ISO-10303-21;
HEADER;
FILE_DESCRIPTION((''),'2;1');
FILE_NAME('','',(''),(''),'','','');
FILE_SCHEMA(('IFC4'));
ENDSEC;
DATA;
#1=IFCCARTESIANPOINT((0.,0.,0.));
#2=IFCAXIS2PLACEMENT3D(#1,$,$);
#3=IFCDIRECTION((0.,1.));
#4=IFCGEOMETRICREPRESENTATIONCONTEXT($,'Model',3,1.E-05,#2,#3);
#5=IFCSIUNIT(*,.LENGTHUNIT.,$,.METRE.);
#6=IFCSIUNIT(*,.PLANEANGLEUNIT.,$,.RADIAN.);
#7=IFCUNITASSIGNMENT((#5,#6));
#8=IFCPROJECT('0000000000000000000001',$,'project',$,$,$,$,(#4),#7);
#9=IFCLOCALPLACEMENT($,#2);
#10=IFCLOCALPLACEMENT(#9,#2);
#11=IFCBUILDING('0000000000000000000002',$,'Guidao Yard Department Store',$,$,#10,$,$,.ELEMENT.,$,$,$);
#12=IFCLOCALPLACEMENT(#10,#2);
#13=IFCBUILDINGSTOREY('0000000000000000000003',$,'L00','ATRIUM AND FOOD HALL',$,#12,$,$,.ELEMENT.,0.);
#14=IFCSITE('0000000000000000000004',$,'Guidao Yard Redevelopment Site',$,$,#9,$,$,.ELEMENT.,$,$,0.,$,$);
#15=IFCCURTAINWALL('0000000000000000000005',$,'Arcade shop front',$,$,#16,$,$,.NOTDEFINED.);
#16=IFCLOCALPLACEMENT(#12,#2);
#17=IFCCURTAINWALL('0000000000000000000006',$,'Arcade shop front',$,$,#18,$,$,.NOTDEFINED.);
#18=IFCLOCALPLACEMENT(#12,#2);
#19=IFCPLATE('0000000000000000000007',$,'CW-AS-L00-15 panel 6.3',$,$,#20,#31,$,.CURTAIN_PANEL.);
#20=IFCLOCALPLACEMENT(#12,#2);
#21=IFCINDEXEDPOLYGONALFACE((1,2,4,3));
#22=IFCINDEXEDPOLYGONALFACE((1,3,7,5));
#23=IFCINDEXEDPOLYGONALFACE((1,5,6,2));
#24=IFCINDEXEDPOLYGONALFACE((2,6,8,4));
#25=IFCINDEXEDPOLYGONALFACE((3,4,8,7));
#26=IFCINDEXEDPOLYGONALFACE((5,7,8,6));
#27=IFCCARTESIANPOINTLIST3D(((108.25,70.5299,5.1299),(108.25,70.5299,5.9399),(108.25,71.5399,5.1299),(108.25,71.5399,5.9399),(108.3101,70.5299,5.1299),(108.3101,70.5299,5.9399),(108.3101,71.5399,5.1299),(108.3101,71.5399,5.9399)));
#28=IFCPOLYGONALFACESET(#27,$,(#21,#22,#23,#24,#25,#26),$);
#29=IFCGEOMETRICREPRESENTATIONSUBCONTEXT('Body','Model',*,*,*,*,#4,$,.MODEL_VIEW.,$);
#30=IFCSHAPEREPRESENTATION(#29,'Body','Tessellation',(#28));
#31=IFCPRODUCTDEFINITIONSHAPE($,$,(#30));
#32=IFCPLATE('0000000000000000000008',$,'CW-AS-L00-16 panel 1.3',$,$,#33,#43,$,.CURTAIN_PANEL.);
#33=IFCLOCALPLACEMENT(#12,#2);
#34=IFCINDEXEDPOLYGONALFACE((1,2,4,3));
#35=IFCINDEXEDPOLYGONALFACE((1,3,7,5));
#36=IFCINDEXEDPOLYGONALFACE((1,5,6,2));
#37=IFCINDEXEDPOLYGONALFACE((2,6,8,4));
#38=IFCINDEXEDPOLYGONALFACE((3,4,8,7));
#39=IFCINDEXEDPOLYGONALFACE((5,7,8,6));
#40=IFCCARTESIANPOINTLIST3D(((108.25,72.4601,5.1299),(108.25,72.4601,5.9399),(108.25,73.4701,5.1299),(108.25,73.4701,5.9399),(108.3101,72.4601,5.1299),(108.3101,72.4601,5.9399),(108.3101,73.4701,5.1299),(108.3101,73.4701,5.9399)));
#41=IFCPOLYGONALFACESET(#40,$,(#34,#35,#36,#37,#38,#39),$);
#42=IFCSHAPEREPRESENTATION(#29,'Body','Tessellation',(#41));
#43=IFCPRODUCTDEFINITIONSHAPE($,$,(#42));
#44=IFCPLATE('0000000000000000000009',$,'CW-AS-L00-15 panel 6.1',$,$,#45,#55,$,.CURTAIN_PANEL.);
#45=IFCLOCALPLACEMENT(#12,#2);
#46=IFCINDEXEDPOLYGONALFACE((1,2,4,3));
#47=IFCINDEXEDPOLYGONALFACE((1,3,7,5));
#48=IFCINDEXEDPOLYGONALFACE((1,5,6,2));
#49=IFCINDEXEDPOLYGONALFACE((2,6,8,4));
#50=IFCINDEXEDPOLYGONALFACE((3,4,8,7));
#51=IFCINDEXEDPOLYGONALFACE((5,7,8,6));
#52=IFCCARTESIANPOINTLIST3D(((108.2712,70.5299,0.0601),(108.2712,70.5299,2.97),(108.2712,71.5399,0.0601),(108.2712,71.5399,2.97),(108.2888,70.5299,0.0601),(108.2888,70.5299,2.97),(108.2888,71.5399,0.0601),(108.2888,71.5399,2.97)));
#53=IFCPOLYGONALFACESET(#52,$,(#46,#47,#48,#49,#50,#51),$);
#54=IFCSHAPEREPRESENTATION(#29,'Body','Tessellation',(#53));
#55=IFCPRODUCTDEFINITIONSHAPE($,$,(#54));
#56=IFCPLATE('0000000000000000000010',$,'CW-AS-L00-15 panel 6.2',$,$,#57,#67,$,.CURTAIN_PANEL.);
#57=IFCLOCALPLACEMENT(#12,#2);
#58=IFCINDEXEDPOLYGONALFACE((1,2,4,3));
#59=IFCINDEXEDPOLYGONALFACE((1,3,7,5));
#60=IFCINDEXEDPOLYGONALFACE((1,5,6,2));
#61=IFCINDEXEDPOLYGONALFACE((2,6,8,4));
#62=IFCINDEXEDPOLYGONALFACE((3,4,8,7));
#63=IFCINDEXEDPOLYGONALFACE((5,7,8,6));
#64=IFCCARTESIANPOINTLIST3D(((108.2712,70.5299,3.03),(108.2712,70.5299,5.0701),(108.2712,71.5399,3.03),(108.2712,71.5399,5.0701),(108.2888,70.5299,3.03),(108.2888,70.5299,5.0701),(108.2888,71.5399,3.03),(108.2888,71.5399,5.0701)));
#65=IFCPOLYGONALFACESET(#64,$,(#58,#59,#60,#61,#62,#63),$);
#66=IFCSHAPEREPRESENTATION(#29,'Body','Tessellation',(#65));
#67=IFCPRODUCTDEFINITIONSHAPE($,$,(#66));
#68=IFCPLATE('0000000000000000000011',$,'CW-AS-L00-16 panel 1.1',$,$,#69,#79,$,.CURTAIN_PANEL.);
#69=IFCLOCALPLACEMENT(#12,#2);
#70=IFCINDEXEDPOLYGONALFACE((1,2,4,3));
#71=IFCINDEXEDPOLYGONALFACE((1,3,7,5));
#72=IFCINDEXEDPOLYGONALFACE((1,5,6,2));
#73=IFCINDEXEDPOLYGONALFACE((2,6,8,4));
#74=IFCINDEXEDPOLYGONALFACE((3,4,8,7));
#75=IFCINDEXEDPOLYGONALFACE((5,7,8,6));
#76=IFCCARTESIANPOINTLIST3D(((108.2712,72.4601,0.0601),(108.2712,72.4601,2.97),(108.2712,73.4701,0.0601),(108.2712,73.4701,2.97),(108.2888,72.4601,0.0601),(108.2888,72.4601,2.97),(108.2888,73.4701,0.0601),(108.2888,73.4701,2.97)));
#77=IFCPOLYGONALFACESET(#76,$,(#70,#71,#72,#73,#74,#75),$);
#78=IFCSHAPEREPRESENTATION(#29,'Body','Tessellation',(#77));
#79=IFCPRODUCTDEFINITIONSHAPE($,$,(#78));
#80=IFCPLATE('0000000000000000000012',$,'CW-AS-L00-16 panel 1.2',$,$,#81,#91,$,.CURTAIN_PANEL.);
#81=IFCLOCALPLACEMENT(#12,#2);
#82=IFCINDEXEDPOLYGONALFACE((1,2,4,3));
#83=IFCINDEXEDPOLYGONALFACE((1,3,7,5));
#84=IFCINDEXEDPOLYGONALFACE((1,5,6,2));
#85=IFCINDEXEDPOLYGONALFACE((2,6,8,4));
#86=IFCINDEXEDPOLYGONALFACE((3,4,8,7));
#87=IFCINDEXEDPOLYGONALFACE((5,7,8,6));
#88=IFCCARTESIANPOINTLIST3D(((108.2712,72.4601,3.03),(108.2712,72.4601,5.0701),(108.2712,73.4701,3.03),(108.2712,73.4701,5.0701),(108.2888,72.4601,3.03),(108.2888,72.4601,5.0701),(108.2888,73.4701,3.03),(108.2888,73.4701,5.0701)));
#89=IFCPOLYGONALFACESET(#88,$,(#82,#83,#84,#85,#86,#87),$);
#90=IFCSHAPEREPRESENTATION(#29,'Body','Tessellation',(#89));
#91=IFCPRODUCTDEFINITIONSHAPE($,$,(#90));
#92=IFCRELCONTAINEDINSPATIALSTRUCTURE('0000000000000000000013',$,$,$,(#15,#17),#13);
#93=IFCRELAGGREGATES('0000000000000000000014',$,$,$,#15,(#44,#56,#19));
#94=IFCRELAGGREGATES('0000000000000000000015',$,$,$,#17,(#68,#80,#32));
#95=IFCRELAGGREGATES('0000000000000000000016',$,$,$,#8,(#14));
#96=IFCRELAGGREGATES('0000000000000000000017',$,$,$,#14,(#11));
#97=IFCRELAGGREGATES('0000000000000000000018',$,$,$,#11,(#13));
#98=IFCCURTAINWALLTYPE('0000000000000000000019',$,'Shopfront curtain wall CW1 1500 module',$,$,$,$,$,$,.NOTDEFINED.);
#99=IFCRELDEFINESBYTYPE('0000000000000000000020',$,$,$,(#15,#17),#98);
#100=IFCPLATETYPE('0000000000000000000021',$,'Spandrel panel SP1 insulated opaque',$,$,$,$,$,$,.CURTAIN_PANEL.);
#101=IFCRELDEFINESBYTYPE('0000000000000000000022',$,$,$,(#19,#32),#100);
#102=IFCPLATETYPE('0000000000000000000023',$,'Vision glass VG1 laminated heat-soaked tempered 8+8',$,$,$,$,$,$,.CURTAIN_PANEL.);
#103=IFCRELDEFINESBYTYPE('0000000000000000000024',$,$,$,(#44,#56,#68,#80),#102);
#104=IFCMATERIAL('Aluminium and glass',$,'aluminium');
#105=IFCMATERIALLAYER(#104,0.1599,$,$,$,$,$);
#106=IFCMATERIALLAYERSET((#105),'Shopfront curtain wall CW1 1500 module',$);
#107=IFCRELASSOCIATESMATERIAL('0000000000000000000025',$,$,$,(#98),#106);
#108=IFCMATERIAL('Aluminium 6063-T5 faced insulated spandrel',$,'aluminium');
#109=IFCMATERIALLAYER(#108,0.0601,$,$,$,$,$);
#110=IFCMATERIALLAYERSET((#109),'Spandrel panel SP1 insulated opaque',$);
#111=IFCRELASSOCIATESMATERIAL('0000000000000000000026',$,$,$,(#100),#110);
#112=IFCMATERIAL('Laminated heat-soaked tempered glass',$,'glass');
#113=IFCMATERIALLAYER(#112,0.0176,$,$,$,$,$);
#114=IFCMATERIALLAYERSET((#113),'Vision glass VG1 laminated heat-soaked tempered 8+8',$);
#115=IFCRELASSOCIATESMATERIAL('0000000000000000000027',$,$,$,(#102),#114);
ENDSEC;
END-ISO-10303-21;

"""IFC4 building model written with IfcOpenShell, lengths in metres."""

from ifc_helpers import new_model, si_unit, direction, frame, origin, origin_2d, place, context, subcontext, project, spatial, rectangle, extrude, material, layer, layer_set, type_object, element, aggregate, save


model = new_model("IFC4")

# Units and contexts
model_context = context("Model", 3, precision=1e-05, world=origin(), true_north=direction((0.0, 1.0)))
body_context = subcontext(model_context, "Body", "Model", "MODEL_VIEW")
ifc_project = project(units=[si_unit("LENGTHUNIT", "METRE"), si_unit("PLANEANGLEUNIT", "RADIAN")], contexts=[model_context])

# Site, building, storey
site_placement = place(None, origin())
site = spatial("IfcSite", under=ifc_project, at=site_placement, Name="Guidao Yard Redevelopment Site", CompositionType="ELEMENT", RefElevation=0.0)
building_placement = place(site_placement, origin())
building = spatial("IfcBuilding", under=site, at=building_placement, Name="Guidao Yard Department Store", CompositionType="ELEMENT")
storey_placement = place(building_placement, origin())
storey = spatial("IfcBuildingStorey", under=building, at=storey_placement, Name="L00", Description="ATRIUM AND FOOD HALL", CompositionType="ELEMENT", Elevation=0.0)

# Curtain wall
ifc_material_1 = material(Name="Aluminium and glass", Category="aluminium")
ifc_layer_1 = layer(ifc_material_1, 0.1599)
ifc_layer_set_1 = layer_set([ifc_layer_1], Name="Shopfront curtain wall CW1 1500 module")
curtain_wall_type = type_object("IfcCurtainWallType", Name="Shopfront curtain wall CW1 1500 module", PredefinedType="NOTDEFINED", material=ifc_layer_set_1)
curtain_wall_1_placement = place(storey_placement, origin())
curtain_wall_1 = element("IfcCurtainWall", 1, at=curtain_wall_1_placement, inside=storey, type_object=curtain_wall_type, Name="Arcade shop front", PredefinedType="NOTDEFINED")

# Curtain wall
curtain_wall_2_placement = place(storey_placement, origin())
curtain_wall_2 = element("IfcCurtainWall", 2, at=curtain_wall_2_placement, inside=storey, type_object=curtain_wall_type, Name="Arcade shop front", PredefinedType="NOTDEFINED")

# Plates
ifc_material_2 = material(Name="Aluminium 6063-T5 faced insulated spandrel", Category="aluminium")
ifc_layer_2 = layer(ifc_material_2, 0.0601)
ifc_layer_set_2 = layer_set([ifc_layer_2], Name="Spandrel panel SP1 insulated opaque")
plate_type_1 = type_object("IfcPlateType", Name="Spandrel panel SP1 insulated opaque", PredefinedType="CURTAIN_PANEL", material=ifc_layer_set_2)
plate_1_placement = place(storey_placement, frame((108.28, 71.0349, 5.1299), z_axis=(0.0, 0.0, 1.0), x_axis=(0.0, -1.0, 0.0)))
plate_1 = element("IfcPlate", 3, at=plate_1_placement, type_object=plate_type_1, Name="CW-AS-L00-15 panel 6.3", PredefinedType="CURTAIN_PANEL", context=body_context, shape_type="SweptSolid", body=[
    extrude(rectangle(XDim=1.01, YDim=0.0601, at=origin_2d()), origin(), (0.0, 0.0, 1.0), 0.8101),
])
plate_2_placement = place(storey_placement, frame((108.28, 72.9651, 5.1299), z_axis=(0.0, 0.0, 1.0), x_axis=(0.0, -1.0, 0.0)))
plate_2 = element("IfcPlate", 4, at=plate_2_placement, type_object=plate_type_1, Name="CW-AS-L00-16 panel 1.3", PredefinedType="CURTAIN_PANEL", context=body_context, shape_type="SweptSolid", body=[
    extrude(rectangle(XDim=1.01, YDim=0.0601, at=origin_2d()), origin(), (0.0, 0.0, 1.0), 0.8101),
])
ifc_material_3 = material(Name="Laminated heat-soaked tempered glass", Category="glass")
ifc_layer_3 = layer(ifc_material_3, 0.0176)
ifc_layer_set_3 = layer_set([ifc_layer_3], Name="Vision glass VG1 laminated heat-soaked tempered 8+8")
plate_type_2 = type_object("IfcPlateType", Name="Vision glass VG1 laminated heat-soaked tempered 8+8", PredefinedType="CURTAIN_PANEL", material=ifc_layer_set_3)
plate_3_placement = place(storey_placement, frame((108.28, 71.0349, 0.0601), z_axis=(0.0, 0.0, 1.0), x_axis=(0.0, -1.0, 0.0)))
plate_3 = element("IfcPlate", 5, at=plate_3_placement, type_object=plate_type_2, Name="CW-AS-L00-15 panel 6.1", PredefinedType="CURTAIN_PANEL", context=body_context, shape_type="SweptSolid", body=[
    extrude(rectangle(XDim=1.01, YDim=0.0176, at=origin_2d()), origin(), (0.0, 0.0, 1.0), 2.9099),
])
plate_4_placement = place(storey_placement, frame((108.28, 71.0349, 3.03), z_axis=(0.0, 0.0, 1.0), x_axis=(0.0, -1.0, 0.0)))
plate_4 = element("IfcPlate", 6, at=plate_4_placement, type_object=plate_type_2, Name="CW-AS-L00-15 panel 6.2", PredefinedType="CURTAIN_PANEL", context=body_context, shape_type="SweptSolid", body=[
    extrude(rectangle(XDim=1.01, YDim=0.0176, at=origin_2d()), origin(), (0.0, 0.0, 1.0), 2.04),
])
aggregate(curtain_wall_1, [plate_3, plate_4, plate_1])
plate_5_placement = place(storey_placement, frame((108.28, 72.9651, 0.0601), z_axis=(0.0, 0.0, 1.0), x_axis=(0.0, -1.0, 0.0)))
plate_5 = element("IfcPlate", 7, at=plate_5_placement, type_object=plate_type_2, Name="CW-AS-L00-16 panel 1.1", PredefinedType="CURTAIN_PANEL", context=body_context, shape_type="SweptSolid", body=[
    extrude(rectangle(XDim=1.01, YDim=0.0176, at=origin_2d()), origin(), (0.0, 0.0, 1.0), 2.9099),
])
plate_6_placement = place(storey_placement, frame((108.28, 72.9651, 3.03), z_axis=(0.0, 0.0, 1.0), x_axis=(0.0, -1.0, 0.0)))
plate_6 = element("IfcPlate", 8, at=plate_6_placement, type_object=plate_type_2, Name="CW-AS-L00-16 panel 1.2", PredefinedType="CURTAIN_PANEL", context=body_context, shape_type="SweptSolid", body=[
    extrude(rectangle(XDim=1.01, YDim=0.0176, at=origin_2d()), origin(), (0.0, 0.0, 1.0), 2.04),
])
aggregate(curtain_wall_2, [plate_5, plate_6, plate_2])

save(model, "model.ifc")
